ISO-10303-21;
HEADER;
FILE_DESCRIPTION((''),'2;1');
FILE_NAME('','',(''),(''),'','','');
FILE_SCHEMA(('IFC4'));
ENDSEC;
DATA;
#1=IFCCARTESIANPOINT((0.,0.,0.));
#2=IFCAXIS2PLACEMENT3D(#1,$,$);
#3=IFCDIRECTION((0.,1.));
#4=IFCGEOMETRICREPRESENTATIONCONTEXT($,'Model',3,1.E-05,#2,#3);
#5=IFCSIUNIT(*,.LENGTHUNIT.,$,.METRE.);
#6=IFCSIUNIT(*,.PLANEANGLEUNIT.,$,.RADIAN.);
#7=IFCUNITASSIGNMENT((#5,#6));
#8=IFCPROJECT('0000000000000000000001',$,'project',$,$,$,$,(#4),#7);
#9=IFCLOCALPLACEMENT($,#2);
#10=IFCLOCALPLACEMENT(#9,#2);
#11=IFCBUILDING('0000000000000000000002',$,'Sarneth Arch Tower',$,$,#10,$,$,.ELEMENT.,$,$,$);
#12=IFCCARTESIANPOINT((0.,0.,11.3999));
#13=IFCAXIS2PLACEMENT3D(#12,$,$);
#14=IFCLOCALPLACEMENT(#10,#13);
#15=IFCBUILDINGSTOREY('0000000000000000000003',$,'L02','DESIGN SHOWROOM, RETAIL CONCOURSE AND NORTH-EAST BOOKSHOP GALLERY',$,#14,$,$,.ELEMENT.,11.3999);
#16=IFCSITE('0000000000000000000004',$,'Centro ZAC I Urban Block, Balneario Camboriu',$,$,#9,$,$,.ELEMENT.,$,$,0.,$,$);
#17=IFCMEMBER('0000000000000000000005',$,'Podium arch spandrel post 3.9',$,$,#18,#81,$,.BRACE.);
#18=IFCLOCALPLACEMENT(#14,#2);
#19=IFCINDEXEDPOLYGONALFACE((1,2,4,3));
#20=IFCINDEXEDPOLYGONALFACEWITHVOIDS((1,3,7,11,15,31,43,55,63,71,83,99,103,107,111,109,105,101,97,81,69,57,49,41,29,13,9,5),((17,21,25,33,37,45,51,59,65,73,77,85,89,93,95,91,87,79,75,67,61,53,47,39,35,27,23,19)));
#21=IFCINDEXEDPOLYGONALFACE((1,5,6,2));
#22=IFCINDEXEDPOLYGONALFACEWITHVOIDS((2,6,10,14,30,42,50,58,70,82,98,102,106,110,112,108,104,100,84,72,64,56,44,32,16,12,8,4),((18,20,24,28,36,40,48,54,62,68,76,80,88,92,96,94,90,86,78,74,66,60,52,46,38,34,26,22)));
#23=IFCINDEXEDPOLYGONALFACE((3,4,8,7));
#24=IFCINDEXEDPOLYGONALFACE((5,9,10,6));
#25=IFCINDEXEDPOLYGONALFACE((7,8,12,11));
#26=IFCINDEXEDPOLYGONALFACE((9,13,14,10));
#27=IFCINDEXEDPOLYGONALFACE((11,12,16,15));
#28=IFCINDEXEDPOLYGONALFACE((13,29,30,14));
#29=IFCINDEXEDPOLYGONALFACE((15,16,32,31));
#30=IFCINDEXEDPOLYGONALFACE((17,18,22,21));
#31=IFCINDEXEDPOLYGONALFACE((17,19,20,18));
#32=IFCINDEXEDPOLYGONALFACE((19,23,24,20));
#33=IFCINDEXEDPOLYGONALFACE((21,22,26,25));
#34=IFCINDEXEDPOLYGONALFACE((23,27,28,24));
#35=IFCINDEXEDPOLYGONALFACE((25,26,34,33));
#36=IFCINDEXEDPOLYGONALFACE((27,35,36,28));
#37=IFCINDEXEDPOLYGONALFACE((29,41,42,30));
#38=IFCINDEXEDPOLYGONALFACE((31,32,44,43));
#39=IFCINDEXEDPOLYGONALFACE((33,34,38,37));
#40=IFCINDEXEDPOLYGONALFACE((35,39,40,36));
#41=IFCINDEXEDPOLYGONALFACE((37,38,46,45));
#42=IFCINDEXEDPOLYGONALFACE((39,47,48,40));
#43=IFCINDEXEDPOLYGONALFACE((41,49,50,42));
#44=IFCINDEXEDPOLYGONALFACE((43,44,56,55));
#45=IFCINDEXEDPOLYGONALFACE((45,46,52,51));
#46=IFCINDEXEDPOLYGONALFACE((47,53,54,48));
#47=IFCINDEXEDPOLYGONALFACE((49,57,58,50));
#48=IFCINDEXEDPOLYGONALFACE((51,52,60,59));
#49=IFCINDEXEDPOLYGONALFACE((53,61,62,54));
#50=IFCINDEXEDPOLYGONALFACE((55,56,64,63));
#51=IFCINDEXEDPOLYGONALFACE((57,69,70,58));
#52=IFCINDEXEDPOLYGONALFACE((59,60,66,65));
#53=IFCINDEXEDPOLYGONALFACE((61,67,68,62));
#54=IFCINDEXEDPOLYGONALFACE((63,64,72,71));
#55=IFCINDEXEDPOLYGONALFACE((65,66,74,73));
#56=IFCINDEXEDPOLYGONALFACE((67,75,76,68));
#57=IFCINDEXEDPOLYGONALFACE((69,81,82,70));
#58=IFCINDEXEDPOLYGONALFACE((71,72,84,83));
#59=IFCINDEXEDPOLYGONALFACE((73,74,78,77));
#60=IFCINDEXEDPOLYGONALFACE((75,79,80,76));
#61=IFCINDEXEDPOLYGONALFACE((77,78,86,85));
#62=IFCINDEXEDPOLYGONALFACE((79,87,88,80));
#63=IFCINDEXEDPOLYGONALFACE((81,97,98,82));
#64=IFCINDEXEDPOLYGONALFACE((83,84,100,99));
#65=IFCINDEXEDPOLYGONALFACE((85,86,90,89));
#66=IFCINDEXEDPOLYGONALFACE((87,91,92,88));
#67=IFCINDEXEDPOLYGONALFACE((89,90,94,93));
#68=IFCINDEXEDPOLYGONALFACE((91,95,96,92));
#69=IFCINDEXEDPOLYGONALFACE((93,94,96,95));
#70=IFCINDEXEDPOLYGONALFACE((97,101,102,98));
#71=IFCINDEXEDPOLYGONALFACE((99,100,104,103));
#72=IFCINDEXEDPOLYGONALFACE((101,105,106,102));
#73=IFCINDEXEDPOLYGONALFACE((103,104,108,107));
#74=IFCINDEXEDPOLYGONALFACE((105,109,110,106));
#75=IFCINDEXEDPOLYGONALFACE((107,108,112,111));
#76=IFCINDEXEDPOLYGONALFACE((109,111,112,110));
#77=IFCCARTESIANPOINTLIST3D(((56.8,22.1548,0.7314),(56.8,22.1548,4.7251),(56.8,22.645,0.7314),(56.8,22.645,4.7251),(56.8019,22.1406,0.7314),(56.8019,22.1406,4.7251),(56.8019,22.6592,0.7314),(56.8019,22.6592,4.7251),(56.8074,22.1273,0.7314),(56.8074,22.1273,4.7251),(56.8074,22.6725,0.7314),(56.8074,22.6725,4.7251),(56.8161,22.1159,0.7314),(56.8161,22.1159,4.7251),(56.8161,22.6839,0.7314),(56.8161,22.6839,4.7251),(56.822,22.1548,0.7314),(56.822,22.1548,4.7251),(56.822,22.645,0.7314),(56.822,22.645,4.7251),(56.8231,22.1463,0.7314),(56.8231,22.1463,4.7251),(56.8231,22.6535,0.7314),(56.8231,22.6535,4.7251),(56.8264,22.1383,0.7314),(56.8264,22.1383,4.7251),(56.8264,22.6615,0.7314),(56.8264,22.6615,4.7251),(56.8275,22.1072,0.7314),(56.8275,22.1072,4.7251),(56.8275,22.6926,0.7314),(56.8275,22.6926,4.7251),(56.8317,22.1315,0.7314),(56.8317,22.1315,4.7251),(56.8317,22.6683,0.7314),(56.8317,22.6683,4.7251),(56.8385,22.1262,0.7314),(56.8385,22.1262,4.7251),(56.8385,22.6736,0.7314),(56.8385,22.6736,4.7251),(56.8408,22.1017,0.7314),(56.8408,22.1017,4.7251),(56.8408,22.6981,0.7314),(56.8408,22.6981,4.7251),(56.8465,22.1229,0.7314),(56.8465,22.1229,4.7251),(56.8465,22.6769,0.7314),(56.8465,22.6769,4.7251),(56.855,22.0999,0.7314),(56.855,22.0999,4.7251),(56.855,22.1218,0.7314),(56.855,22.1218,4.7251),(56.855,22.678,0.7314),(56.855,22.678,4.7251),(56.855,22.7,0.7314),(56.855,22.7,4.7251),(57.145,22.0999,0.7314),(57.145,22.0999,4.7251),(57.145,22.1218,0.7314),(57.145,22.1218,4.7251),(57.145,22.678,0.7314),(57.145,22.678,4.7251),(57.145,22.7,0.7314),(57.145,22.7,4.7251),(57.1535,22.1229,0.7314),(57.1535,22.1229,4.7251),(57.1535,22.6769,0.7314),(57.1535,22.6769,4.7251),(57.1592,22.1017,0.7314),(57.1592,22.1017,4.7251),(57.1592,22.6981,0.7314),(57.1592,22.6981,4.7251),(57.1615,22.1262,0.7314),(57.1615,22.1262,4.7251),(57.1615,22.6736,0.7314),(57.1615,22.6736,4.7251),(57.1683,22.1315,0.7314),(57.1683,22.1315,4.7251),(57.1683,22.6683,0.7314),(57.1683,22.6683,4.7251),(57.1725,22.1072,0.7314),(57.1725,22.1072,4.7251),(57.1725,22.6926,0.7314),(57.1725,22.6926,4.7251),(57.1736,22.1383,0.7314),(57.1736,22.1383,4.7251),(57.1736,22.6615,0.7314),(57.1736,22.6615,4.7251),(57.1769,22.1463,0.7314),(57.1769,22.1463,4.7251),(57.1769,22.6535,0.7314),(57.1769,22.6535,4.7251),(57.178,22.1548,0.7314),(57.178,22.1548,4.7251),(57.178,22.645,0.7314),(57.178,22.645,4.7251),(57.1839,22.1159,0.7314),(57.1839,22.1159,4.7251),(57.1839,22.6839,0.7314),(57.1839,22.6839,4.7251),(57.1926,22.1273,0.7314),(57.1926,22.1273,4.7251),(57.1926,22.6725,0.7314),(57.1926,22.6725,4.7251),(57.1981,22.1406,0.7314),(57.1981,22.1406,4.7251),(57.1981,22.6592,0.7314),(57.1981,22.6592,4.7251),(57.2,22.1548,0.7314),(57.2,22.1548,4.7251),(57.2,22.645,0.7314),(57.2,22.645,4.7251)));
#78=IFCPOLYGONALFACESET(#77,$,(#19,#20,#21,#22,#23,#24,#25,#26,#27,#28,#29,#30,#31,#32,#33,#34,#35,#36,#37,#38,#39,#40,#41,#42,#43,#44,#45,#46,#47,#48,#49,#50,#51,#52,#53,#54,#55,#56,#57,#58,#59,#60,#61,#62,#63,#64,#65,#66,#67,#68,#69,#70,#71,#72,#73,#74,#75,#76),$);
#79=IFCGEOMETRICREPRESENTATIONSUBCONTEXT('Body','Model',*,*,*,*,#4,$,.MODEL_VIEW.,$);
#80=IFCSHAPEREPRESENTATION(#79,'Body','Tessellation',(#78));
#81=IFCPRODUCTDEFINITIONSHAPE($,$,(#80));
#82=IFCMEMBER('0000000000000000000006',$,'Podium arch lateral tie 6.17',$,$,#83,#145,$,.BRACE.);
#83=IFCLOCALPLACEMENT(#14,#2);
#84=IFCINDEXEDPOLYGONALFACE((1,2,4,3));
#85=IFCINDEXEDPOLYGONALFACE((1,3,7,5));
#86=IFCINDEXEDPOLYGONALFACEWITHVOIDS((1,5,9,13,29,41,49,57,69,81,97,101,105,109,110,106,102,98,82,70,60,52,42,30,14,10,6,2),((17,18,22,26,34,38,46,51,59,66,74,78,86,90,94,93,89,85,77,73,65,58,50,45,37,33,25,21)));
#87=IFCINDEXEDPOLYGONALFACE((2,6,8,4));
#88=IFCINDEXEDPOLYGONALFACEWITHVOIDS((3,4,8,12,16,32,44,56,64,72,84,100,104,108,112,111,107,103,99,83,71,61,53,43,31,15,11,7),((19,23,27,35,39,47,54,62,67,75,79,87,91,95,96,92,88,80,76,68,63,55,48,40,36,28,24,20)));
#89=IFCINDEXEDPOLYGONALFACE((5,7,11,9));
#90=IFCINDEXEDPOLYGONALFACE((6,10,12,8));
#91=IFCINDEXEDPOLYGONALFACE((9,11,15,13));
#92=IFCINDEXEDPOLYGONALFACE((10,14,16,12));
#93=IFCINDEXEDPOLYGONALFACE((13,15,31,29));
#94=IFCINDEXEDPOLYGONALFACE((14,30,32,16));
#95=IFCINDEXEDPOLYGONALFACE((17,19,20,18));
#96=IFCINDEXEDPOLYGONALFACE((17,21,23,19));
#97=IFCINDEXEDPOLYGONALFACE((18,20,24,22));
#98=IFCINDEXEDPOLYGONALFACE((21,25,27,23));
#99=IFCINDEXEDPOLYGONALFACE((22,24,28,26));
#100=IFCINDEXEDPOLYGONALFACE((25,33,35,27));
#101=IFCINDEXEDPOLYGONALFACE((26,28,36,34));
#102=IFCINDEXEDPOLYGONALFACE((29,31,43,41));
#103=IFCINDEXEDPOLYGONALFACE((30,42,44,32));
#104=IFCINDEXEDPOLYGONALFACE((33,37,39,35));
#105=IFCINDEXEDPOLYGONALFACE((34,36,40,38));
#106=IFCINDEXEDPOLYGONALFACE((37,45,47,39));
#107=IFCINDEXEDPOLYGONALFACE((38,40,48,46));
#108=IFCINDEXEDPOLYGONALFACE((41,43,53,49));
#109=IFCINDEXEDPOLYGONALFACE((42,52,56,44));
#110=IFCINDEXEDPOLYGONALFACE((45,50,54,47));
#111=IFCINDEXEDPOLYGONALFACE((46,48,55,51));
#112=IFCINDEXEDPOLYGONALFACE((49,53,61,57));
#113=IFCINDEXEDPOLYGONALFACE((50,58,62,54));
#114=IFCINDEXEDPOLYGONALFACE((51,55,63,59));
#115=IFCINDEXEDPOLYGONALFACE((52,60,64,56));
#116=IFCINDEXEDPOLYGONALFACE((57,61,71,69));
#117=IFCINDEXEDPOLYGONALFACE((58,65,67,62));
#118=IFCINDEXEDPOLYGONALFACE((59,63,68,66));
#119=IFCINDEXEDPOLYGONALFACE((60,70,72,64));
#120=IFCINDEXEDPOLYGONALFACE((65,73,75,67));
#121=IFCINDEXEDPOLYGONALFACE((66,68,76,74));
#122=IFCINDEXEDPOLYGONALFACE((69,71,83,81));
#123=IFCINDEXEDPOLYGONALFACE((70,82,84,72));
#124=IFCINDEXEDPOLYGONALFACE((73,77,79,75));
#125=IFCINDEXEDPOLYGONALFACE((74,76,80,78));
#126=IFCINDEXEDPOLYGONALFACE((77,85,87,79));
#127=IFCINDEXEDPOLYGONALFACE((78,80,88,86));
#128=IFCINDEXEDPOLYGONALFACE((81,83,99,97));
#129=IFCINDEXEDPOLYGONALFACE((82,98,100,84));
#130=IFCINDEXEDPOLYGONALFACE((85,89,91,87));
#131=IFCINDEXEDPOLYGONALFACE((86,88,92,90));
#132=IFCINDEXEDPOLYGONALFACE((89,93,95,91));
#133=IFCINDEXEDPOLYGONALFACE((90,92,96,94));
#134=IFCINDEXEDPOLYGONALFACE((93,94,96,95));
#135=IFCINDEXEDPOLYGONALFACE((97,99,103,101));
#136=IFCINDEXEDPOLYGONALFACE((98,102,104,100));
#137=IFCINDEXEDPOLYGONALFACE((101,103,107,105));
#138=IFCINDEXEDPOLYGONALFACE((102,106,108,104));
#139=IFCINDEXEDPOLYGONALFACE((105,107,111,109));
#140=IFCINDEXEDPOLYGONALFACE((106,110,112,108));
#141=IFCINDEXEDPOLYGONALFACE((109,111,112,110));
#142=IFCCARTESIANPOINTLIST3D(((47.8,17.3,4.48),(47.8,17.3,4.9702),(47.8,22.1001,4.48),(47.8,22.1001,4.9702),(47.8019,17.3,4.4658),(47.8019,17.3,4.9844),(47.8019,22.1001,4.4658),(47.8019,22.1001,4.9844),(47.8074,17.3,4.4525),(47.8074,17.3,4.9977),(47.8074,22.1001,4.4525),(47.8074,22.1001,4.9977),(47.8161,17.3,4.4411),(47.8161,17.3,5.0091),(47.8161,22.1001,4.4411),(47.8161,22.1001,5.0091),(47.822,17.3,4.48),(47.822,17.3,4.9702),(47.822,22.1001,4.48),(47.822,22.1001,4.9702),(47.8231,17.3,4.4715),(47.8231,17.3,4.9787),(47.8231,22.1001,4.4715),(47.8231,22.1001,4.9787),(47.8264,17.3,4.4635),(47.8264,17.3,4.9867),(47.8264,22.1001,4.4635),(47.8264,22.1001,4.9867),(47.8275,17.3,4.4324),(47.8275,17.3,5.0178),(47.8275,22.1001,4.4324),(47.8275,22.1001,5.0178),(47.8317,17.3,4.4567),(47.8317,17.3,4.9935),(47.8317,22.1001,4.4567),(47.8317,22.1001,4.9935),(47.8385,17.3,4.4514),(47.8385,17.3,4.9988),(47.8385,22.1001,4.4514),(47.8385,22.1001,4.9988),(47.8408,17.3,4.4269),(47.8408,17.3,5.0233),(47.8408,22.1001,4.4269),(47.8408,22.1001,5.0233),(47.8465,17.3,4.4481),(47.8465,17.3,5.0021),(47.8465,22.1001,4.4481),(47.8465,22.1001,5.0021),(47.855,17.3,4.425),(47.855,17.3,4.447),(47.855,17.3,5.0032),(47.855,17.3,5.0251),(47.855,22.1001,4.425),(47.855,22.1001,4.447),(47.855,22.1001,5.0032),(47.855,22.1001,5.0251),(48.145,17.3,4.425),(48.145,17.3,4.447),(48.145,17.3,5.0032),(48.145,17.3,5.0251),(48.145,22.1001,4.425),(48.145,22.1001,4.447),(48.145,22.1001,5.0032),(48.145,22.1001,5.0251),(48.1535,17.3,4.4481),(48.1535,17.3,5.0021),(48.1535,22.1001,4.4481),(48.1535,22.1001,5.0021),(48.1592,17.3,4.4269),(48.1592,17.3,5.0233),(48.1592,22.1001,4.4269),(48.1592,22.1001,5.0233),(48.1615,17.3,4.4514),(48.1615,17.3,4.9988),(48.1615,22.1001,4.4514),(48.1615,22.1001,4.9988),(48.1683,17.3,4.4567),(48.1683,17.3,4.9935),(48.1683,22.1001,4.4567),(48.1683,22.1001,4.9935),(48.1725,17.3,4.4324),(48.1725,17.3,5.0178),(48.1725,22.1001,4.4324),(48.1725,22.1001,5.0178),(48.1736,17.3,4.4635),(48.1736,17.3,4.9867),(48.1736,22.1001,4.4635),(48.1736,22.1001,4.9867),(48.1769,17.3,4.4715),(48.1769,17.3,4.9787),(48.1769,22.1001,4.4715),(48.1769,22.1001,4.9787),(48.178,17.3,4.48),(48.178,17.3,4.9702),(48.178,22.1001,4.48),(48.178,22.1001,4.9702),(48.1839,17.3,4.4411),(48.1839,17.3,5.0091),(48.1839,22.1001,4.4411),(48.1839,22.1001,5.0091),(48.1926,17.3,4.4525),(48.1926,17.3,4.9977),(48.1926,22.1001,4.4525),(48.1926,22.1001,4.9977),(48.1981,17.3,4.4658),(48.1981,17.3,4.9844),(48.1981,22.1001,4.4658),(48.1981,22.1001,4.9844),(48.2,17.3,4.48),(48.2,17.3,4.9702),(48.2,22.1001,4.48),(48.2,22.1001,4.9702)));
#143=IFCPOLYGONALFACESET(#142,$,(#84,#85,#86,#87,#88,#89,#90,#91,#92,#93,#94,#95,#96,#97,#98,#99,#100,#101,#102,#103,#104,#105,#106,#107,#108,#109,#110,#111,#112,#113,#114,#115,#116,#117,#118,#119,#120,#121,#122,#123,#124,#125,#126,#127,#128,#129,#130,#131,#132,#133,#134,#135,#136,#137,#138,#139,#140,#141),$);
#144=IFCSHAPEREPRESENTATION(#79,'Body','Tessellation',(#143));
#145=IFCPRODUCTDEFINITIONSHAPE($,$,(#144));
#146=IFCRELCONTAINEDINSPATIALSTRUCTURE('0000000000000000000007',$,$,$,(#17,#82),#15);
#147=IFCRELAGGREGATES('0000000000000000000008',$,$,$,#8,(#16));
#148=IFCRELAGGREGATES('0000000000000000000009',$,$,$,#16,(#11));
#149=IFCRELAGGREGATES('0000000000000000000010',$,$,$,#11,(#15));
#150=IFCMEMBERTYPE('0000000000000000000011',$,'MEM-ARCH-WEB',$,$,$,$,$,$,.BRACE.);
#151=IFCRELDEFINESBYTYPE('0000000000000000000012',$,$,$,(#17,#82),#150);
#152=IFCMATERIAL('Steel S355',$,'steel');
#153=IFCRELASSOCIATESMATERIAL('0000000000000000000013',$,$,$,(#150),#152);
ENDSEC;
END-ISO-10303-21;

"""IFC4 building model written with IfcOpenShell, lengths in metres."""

from ifc_helpers import new_model, si_unit, direction, frame, origin, origin_2d, place, context, subcontext, project, spatial, hollow_rectangle, extrude, material, material_profile, profile_set, type_object, element, save


model = new_model("IFC4")

# Units and contexts
model_context = context("Model", 3, precision=1e-05, world=origin(), true_north=direction((0.0, 1.0)))
body_context = subcontext(model_context, "Body", "Model", "MODEL_VIEW")
ifc_project = project(units=[si_unit("LENGTHUNIT", "METRE"), si_unit("PLANEANGLEUNIT", "RADIAN")], contexts=[model_context])

# Site, building, storey
site_placement = place(None, origin())
site = spatial("IfcSite", under=ifc_project, at=site_placement, Name="Centro ZAC I Urban Block, Balneario Camboriu", CompositionType="ELEMENT", RefElevation=0.0)
building_placement = place(site_placement, origin())
building = spatial("IfcBuilding", under=site, at=building_placement, Name="Sarneth Arch Tower", CompositionType="ELEMENT")
storey_placement = place(building_placement, frame((0.0, 0.0, 11.3999)))
storey = spatial("IfcBuildingStorey", under=building, at=storey_placement, Name="L02", Description="DESIGN SHOWROOM, RETAIL CONCOURSE AND NORTH-EAST BOOKSHOP GALLERY", CompositionType="ELEMENT", Elevation=11.3999)

# Members
ifc_material_1 = material(Name="Steel S355", Category="steel")
ifc_material_profile_1 = material_profile(ifc_material_1, hollow_rectangle(XDim=0.3999, YDim=0.6001, WallThickness=0.022, InnerFilletRadius=0.033, OuterFilletRadius=0.0549, at=origin_2d()), Name="RHS600x400x22")
ifc_profile_set_1 = profile_set([ifc_material_profile_1], Name="Steel S355")
member_type_1 = type_object("IfcMemberType", Name="MEM-ARCH-WEB", PredefinedType="BRACE", material=ifc_profile_set_1)
member_1_placement = place(storey_placement, frame((57.0, 22.3999, 0.7314), z_axis=(0.0, 0.0, 1.0), x_axis=(1.0, 0.0, 0.0)))
element("IfcMember", 1, at=member_1_placement, inside=storey, type_object=member_type_1, Name="Podium arch spandrel post 3.9", PredefinedType="BRACE", context=body_context, shape_type="SweptSolid", body=[
    extrude(hollow_rectangle(XDim=0.3999, YDim=0.6001, WallThickness=0.022, InnerFilletRadius=0.033, OuterFilletRadius=0.0549, at=origin_2d()), origin(), (0.0, 0.0, 1.0), 3.9937),
])
member_2_placement = place(storey_placement, frame((48.0, 17.3, 4.7251), z_axis=(0.0, 1.0, 0.0), x_axis=(-1.0, 0.0, 0.0)))
element("IfcMember", 2, at=member_2_placement, inside=storey, type_object=member_type_1, Name="Podium arch lateral tie 6.17", PredefinedType="BRACE", context=body_context, shape_type="SweptSolid", body=[
    extrude(hollow_rectangle(XDim=0.3999, YDim=0.6001, WallThickness=0.022, InnerFilletRadius=0.033, OuterFilletRadius=0.0549, at=origin_2d()), origin(), (0.0, 0.0, 1.0), 4.8),
])

save(model, "model.ifc")
